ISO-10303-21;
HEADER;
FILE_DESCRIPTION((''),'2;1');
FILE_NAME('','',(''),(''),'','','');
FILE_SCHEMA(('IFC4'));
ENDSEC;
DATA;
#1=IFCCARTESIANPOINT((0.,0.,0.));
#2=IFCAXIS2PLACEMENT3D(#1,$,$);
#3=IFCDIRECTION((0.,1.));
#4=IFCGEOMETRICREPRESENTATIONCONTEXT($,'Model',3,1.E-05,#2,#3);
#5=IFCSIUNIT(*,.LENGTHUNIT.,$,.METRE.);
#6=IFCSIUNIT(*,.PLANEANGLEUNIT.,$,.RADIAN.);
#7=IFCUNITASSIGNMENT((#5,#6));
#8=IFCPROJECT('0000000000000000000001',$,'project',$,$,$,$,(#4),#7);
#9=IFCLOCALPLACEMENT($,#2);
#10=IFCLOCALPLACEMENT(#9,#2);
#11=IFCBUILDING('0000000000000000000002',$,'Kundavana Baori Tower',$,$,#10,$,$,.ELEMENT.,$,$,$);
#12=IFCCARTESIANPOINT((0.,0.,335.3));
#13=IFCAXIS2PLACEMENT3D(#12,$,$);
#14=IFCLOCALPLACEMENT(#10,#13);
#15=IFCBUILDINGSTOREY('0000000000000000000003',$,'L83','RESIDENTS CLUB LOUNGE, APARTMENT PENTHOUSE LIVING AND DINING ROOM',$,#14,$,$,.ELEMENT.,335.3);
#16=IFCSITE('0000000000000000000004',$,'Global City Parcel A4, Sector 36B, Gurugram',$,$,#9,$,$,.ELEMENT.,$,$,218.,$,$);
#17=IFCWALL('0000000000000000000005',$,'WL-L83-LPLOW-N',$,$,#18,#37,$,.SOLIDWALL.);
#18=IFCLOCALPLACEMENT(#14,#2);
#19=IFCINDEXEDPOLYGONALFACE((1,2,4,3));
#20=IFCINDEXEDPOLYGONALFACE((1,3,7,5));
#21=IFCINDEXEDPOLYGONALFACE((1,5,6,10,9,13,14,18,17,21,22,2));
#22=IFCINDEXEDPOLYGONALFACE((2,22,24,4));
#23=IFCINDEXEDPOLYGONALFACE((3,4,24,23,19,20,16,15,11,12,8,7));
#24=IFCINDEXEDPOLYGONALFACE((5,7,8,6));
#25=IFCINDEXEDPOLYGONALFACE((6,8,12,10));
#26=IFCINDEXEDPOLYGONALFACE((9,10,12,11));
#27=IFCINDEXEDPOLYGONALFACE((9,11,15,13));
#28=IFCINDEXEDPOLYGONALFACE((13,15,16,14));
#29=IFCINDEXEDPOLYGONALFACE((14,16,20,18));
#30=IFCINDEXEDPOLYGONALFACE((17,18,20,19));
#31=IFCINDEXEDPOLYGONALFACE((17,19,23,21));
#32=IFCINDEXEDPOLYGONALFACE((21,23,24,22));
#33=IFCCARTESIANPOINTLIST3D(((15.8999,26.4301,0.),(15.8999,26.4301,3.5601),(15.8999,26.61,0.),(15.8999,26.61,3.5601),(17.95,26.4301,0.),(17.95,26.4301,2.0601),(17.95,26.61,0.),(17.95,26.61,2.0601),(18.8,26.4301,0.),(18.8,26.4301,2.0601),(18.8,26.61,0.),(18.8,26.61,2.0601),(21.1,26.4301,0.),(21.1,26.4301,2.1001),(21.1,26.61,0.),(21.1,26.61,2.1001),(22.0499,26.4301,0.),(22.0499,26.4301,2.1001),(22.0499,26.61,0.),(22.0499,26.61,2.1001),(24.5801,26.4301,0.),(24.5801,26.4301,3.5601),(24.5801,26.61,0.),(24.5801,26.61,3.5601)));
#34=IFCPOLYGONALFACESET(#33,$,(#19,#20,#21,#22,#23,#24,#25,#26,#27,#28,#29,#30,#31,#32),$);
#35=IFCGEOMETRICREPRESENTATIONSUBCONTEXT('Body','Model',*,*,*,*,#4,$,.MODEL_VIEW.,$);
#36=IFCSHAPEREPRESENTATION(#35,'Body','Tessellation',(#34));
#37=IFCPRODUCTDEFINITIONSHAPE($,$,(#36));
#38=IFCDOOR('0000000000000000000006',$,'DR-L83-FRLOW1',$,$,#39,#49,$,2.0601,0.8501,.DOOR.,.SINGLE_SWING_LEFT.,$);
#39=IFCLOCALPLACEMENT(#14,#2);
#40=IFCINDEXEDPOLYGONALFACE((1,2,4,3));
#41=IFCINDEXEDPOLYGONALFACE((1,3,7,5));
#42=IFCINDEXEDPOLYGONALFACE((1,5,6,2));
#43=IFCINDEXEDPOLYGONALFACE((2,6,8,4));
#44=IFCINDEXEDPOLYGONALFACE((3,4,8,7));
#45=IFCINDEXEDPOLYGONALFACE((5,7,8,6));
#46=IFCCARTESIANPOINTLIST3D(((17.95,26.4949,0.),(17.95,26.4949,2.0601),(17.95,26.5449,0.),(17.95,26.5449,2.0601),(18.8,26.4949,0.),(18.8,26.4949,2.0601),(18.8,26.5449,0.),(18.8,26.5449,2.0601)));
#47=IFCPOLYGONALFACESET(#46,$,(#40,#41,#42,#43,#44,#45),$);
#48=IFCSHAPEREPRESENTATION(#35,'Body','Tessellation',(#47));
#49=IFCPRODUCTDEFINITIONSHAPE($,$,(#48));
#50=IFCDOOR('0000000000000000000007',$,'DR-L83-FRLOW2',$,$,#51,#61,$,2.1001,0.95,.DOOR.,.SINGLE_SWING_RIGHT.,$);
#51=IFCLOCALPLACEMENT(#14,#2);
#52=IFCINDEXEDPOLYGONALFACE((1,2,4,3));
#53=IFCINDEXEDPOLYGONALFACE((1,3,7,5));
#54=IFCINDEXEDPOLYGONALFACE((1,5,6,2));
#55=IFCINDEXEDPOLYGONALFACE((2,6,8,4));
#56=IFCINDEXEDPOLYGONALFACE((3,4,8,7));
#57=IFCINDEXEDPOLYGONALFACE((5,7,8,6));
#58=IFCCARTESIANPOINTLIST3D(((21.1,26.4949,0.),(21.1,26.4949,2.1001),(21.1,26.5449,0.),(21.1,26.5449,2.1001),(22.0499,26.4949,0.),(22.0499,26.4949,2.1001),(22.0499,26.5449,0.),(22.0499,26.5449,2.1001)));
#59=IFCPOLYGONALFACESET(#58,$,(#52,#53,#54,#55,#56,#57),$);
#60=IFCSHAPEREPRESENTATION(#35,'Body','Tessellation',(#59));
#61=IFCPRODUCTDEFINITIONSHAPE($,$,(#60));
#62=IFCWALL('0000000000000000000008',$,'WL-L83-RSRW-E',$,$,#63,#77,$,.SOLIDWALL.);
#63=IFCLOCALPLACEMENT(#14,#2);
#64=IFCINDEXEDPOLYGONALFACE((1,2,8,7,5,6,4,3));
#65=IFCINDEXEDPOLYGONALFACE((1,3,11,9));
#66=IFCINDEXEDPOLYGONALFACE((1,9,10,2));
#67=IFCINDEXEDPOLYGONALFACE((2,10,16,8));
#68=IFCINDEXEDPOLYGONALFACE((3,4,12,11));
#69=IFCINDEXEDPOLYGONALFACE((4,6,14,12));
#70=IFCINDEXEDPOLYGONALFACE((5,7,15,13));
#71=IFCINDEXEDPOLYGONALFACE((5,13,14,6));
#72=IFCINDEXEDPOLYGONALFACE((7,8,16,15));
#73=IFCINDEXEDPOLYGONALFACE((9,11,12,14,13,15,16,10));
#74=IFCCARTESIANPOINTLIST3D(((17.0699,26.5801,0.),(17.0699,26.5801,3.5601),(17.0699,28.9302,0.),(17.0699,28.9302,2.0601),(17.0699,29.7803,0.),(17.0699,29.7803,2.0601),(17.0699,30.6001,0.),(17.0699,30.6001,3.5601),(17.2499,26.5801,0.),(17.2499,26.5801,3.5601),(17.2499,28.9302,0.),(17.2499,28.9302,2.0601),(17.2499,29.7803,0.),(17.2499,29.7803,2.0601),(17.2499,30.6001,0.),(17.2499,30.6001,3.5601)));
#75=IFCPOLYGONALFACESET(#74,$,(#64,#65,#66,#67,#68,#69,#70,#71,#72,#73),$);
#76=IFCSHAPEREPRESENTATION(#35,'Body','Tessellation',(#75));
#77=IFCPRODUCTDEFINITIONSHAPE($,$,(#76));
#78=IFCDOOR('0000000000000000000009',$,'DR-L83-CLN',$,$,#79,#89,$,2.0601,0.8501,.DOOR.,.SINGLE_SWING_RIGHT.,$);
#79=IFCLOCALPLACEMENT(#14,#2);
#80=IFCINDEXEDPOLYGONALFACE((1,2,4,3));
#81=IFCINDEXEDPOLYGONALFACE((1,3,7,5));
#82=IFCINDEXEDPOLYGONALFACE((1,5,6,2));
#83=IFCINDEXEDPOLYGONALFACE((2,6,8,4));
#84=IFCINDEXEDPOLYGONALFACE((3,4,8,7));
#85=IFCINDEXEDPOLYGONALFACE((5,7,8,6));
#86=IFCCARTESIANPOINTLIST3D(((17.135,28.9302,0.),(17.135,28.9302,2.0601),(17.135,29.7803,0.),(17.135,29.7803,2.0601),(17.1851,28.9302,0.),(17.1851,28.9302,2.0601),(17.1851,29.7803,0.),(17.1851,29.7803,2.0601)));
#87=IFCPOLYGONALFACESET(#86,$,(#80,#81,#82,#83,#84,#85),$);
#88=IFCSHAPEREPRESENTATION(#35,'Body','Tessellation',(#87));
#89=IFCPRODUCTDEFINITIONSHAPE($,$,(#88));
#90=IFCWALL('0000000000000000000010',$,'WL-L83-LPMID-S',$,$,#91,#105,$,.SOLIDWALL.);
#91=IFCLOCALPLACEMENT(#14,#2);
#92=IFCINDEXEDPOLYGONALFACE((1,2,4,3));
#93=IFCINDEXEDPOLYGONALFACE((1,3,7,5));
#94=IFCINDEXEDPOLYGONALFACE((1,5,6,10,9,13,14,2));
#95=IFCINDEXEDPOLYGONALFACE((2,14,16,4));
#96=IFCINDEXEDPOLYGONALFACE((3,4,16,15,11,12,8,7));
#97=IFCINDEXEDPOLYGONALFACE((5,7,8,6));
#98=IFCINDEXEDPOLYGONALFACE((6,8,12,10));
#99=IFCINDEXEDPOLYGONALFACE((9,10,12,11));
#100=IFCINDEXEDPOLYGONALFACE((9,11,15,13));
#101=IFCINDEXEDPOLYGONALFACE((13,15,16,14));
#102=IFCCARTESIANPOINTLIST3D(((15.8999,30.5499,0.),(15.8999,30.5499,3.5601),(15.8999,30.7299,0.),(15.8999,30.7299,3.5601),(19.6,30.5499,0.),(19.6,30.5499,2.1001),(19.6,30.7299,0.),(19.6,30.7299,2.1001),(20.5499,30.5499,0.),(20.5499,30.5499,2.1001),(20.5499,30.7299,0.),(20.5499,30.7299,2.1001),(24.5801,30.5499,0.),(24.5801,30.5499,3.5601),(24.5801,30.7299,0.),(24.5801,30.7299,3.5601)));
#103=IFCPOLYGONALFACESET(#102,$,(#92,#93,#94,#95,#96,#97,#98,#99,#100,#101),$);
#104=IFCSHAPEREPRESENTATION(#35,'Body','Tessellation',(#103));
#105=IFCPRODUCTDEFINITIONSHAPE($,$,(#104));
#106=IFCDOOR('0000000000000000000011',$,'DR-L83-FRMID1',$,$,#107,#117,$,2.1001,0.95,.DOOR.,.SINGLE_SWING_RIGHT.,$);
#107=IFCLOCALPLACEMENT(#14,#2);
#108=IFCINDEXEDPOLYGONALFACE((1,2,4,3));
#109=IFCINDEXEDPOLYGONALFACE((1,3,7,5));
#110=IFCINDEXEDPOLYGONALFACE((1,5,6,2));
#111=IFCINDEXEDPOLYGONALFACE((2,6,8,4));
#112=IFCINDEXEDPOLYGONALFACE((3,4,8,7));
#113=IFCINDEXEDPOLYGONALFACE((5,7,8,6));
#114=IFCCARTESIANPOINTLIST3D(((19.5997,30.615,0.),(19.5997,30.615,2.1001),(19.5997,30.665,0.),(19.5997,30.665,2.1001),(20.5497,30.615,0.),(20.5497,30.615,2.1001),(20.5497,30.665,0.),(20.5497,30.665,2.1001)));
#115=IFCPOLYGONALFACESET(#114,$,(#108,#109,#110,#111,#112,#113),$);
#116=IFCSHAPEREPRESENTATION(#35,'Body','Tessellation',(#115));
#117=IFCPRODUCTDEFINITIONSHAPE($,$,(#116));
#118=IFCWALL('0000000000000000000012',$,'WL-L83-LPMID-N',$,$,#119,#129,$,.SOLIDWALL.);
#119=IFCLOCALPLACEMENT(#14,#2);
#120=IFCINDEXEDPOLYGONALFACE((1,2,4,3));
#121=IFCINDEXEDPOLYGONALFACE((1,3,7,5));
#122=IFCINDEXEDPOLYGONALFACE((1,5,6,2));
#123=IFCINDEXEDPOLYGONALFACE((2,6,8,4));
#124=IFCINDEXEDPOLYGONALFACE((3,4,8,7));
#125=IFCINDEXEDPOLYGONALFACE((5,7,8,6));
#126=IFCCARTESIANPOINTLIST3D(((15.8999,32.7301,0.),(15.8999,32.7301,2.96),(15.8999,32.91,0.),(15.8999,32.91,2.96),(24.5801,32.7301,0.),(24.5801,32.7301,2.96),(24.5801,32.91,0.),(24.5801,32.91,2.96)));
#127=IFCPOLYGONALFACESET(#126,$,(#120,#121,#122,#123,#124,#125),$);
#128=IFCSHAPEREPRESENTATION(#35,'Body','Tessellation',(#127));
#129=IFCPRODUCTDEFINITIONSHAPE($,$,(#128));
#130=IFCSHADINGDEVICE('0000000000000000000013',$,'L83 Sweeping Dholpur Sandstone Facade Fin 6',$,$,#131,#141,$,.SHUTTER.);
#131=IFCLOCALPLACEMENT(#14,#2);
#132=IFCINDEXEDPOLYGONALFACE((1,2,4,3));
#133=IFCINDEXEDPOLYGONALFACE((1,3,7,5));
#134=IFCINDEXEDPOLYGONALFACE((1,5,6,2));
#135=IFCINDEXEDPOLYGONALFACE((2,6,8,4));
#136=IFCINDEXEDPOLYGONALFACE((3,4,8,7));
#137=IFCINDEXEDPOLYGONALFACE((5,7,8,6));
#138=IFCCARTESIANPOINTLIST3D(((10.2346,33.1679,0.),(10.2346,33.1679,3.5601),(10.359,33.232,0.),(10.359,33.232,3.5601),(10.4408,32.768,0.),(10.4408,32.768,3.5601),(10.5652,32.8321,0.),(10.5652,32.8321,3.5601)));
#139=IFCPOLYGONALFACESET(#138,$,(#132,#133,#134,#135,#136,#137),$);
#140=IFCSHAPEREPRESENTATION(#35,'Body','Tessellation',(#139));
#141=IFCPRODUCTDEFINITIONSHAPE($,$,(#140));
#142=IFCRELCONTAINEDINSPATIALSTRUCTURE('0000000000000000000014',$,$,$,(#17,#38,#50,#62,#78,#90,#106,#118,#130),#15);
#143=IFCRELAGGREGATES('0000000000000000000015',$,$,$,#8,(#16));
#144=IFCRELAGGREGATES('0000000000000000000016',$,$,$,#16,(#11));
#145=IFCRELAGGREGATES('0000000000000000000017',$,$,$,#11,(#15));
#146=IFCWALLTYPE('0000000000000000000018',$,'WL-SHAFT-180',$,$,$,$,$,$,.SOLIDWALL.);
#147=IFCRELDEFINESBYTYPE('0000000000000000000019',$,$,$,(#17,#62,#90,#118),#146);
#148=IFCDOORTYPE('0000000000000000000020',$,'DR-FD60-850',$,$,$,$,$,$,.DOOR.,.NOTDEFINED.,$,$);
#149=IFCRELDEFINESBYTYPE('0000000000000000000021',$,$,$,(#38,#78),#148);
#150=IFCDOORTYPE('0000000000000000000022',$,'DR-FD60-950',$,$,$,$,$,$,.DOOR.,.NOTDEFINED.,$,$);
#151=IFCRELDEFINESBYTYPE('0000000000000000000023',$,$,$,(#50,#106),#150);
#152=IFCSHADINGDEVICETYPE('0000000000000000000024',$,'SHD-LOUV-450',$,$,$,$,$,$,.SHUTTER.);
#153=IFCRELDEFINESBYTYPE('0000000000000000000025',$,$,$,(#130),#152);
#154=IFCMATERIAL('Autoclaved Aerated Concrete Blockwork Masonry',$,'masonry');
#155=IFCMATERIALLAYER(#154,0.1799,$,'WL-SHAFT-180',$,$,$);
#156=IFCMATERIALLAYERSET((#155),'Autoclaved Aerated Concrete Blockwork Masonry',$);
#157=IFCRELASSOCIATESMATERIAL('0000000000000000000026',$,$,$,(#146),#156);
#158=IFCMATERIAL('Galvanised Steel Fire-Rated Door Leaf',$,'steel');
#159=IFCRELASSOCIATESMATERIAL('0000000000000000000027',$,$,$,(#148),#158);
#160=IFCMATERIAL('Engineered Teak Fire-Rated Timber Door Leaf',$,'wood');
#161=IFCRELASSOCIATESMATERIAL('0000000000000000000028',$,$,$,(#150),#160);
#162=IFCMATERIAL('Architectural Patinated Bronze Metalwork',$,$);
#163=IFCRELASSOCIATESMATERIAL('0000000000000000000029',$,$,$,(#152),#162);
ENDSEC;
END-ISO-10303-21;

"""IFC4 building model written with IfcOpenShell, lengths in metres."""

from ifc_helpers import new_model, si_unit, direction, frame, frame_2d, origin, origin_2d, place, context, subcontext, project, spatial, rectangle, extrude, material, layer, layer_set, type_object, element, fill, save


model = new_model("IFC4")

# Units and contexts
model_context = context("Model", 3, precision=1e-05, world=origin(), true_north=direction((0.0, 1.0)))
body_context = subcontext(model_context, "Body", "Model", "MODEL_VIEW")
ifc_project = project(units=[si_unit("LENGTHUNIT", "METRE"), si_unit("PLANEANGLEUNIT", "RADIAN")], contexts=[model_context])

# Site, building, storey
site_placement = place(None, origin())
site = spatial("IfcSite", under=ifc_project, at=site_placement, Name="Global City Parcel A4, Sector 36B, Gurugram", CompositionType="ELEMENT", RefElevation=218.0)
building_placement = place(site_placement, origin())
building = spatial("IfcBuilding", under=site, at=building_placement, Name="Kundavana Baori Tower", CompositionType="ELEMENT")
storey_placement = place(building_placement, frame((0.0, 0.0, 335.3)))
storey = spatial("IfcBuildingStorey", under=building, at=storey_placement, Name="L83", Description="RESIDENTS CLUB LOUNGE, APARTMENT PENTHOUSE LIVING AND DINING ROOM", CompositionType="ELEMENT", Elevation=335.3)

# Wall, openings, doors
ifc_material_1 = material(Name="Autoclaved Aerated Concrete Blockwork Masonry", Category="masonry")
ifc_layer_1 = layer(ifc_material_1, 0.1799, Name="WL-SHAFT-180")
ifc_layer_set_1 = layer_set([ifc_layer_1], Name="Autoclaved Aerated Concrete Blockwork Masonry")
wall_type_1 = type_object("IfcWallType", Name="WL-SHAFT-180", PredefinedType="SOLIDWALL", material=ifc_layer_set_1)
wall_1_placement = place(storey_placement, frame((15.8999, 26.52, 0.0), z_axis=(0.0, 0.0, 1.0), x_axis=(1.0, 0.0, 0.0)))
wall_1 = element("IfcWall", 1, at=wall_1_placement, inside=storey, type_object=wall_type_1, Name="WL-L83-LPLOW-N", PredefinedType="SOLIDWALL", context=body_context, shape_type="SweptSolid", body=[
    extrude(rectangle(XDim=8.6802, YDim=0.1799, at=frame_2d((4.3401, 0.0))), origin(), (0.0, 0.0, 1.0), 3.5601),
])
opening_1_placement = place(wall_1_placement, frame((2.05, 0.0, 0.0)))
opening_1 = element("IfcOpeningElement", 2, at=opening_1_placement, cuts=wall_1, PredefinedType="OPENING", context=body_context, shape_type="SweptSolid", body=[
    extrude(rectangle(XDim=0.8501, YDim=2.0601, at=frame_2d((0.425, 1.03))), frame((0.0, 0.1001, 0.0), z_axis=(0.0, -1.0, 0.0), x_axis=(1.0, 0.0, 0.0)), (0.0, 0.0, 1.0), 0.2),
])
opening_2_placement = place(wall_1_placement, frame((5.2, 0.0, 0.0)))
opening_2 = element("IfcOpeningElement", 3, at=opening_2_placement, cuts=wall_1, PredefinedType="OPENING", context=body_context, shape_type="SweptSolid", body=[
    extrude(rectangle(XDim=0.95, YDim=2.1001, at=frame_2d((0.4751, 1.05))), frame((0.0, 0.1001, 0.0), z_axis=(0.0, -1.0, 0.0), x_axis=(1.0, 0.0, 0.0)), (0.0, 0.0, 1.0), 0.2),
])
ifc_material_2 = material(Name="Galvanised Steel Fire-Rated Door Leaf", Category="steel")
door_type_1 = type_object("IfcDoorType", Name="DR-FD60-850", OperationType="NOTDEFINED", PredefinedType="DOOR", material=ifc_material_2)
door_1_placement = place(opening_1_placement, origin())
door_1 = element("IfcDoor", 4, at=door_1_placement, inside=storey, type_object=door_type_1, Name="DR-L83-FRLOW1", OperationType="SINGLE_SWING_LEFT", OverallHeight=2.0601, OverallWidth=0.8501, PredefinedType="DOOR", context=body_context, shape_type="SweptSolid", body=[
    extrude(rectangle(XDim=0.8501, YDim=2.0601, at=frame_2d((0.425, 1.03))), frame((0.0, 0.0249, 0.0), z_axis=(0.0, -1.0, 0.0), x_axis=(1.0, 0.0, 0.0)), (0.0, 0.0, 1.0), 0.05),
])
fill(opening_1, door_1)
ifc_material_3 = material(Name="Engineered Teak Fire-Rated Timber Door Leaf", Category="wood")
door_type_2 = type_object("IfcDoorType", Name="DR-FD60-950", OperationType="NOTDEFINED", PredefinedType="DOOR", material=ifc_material_3)
door_2_placement = place(opening_2_placement, origin())
door_2 = element("IfcDoor", 5, at=door_2_placement, inside=storey, type_object=door_type_2, Name="DR-L83-FRLOW2", OperationType="SINGLE_SWING_RIGHT", OverallHeight=2.1001, OverallWidth=0.95, PredefinedType="DOOR", context=body_context, shape_type="SweptSolid", body=[
    extrude(rectangle(XDim=0.95, YDim=2.1001, at=frame_2d((0.4751, 1.05))), frame((0.0, 0.0249, 0.0), z_axis=(0.0, -1.0, 0.0), x_axis=(1.0, 0.0, 0.0)), (0.0, 0.0, 1.0), 0.05),
])
fill(opening_2, door_2)

# Walls, openings, doors
wall_2_placement = place(storey_placement, frame((17.1599, 26.5801, 0.0), z_axis=(0.0, 0.0, 1.0), x_axis=(0.0, 1.0, 0.0)))
wall_2 = element("IfcWall", 6, at=wall_2_placement, inside=storey, type_object=wall_type_1, Name="WL-L83-RSRW-E", PredefinedType="SOLIDWALL", context=body_context, shape_type="SweptSolid", body=[
    extrude(rectangle(XDim=4.02, YDim=0.1799, at=frame_2d((2.01, 0.0))), origin(), (0.0, 0.0, 1.0), 3.5601),
])
opening_3_placement = place(wall_2_placement, frame((2.3501, 0.0, 0.0)))
opening_3 = element("IfcOpeningElement", 7, at=opening_3_placement, cuts=wall_2, PredefinedType="OPENING", context=body_context, shape_type="SweptSolid", body=[
    extrude(rectangle(XDim=0.8501, YDim=2.0601, at=frame_2d((0.425, 1.03))), frame((0.0, 0.1001, 0.0), z_axis=(0.0, -1.0, 0.0), x_axis=(1.0, 0.0, 0.0)), (0.0, 0.0, 1.0), 0.2),
])
door_3_placement = place(opening_3_placement, origin())
door_3 = element("IfcDoor", 8, at=door_3_placement, inside=storey, type_object=door_type_1, Name="DR-L83-CLN", OperationType="SINGLE_SWING_RIGHT", OverallHeight=2.0601, OverallWidth=0.8501, PredefinedType="DOOR", context=body_context, shape_type="SweptSolid", body=[
    extrude(rectangle(XDim=0.8501, YDim=2.0601, at=frame_2d((0.425, 1.03))), frame((0.0, 0.0249, 0.0), z_axis=(0.0, -1.0, 0.0), x_axis=(1.0, 0.0, 0.0)), (0.0, 0.0, 1.0), 0.05),
])
fill(opening_3, door_3)
wall_3_placement = place(storey_placement, frame((15.8999, 30.6399, 0.0), z_axis=(0.0, 0.0, 1.0), x_axis=(1.0, 0.0, 0.0)))
wall_3 = element("IfcWall", 9, at=wall_3_placement, inside=storey, type_object=wall_type_1, Name="WL-L83-LPMID-S", PredefinedType="SOLIDWALL", context=body_context, shape_type="SweptSolid", body=[
    extrude(rectangle(XDim=8.6802, YDim=0.1799, at=frame_2d((4.3401, 0.0))), origin(), (0.0, 0.0, 1.0), 3.5601),
])
opening_4_placement = place(wall_3_placement, frame((3.7, 0.0, 0.0)))
opening_4 = element("IfcOpeningElement", 10, at=opening_4_placement, cuts=wall_3, PredefinedType="OPENING", context=body_context, shape_type="SweptSolid", body=[
    extrude(rectangle(XDim=0.95, YDim=2.1001, at=frame_2d((0.4751, 1.05))), frame((0.0, 0.1001, 0.0), z_axis=(0.0, -1.0, 0.0), x_axis=(1.0, 0.0, 0.0)), (0.0, 0.0, 1.0), 0.2),
])
door_4_placement = place(opening_4_placement, frame((0.95, 0.0, 0.0), z_axis=(0.0, 0.0, 1.0), x_axis=(-1.0, 0.0, 0.0)))
door_4 = element("IfcDoor", 11, at=door_4_placement, inside=storey, type_object=door_type_2, Name="DR-L83-FRMID1", OperationType="SINGLE_SWING_RIGHT", OverallHeight=2.1001, OverallWidth=0.95, PredefinedType="DOOR", context=body_context, shape_type="SweptSolid", body=[
    extrude(rectangle(XDim=0.95, YDim=2.1001, at=frame_2d((0.4751, 1.05))), frame((0.0, 0.0249, 0.0), z_axis=(0.0, -1.0, 0.0), x_axis=(1.0, 0.0, 0.0)), (0.0, 0.0, 1.0), 0.05),
])
fill(opening_4, door_4)

# Wall
wall_4_placement = place(storey_placement, frame((15.8999, 32.8201, 0.0), z_axis=(0.0, 0.0, 1.0), x_axis=(1.0, 0.0, 0.0)))
element("IfcWall", 12, at=wall_4_placement, inside=storey, type_object=wall_type_1, Name="WL-L83-LPMID-N", PredefinedType="SOLIDWALL", context=body_context, shape_type="SweptSolid", body=[
    extrude(rectangle(XDim=8.6802, YDim=0.1799, at=frame_2d((4.3401, 0.0))), origin(), (0.0, 0.0, 1.0), 2.96),
])

# Shading device
ifc_material_4 = material(Name="Architectural Patinated Bronze Metalwork")
shading_device_type = type_object("IfcShadingDeviceType", Name="SHD-LOUV-450", PredefinedType="SHUTTER", material=ifc_material_4)
shading_device_placement = place(storey_placement, frame((10.3999, 33.0, 0.0), z_axis=(0.0, 0.0, 1.0), x_axis=(0.888857, 0.458184, 0.0)))
element("IfcShadingDevice", 13, at=shading_device_placement, inside=storey, type_object=shading_device_type, Name="L83 Sweeping Dholpur Sandstone Facade Fin 6", PredefinedType="SHUTTER", context=body_context, shape_type="SweptSolid", body=[
    extrude(rectangle(XDim=0.1399, YDim=0.45, at=origin_2d()), origin(), (0.0, 0.0, 1.0), 3.5601),
])

save(model, "model.ifc")
